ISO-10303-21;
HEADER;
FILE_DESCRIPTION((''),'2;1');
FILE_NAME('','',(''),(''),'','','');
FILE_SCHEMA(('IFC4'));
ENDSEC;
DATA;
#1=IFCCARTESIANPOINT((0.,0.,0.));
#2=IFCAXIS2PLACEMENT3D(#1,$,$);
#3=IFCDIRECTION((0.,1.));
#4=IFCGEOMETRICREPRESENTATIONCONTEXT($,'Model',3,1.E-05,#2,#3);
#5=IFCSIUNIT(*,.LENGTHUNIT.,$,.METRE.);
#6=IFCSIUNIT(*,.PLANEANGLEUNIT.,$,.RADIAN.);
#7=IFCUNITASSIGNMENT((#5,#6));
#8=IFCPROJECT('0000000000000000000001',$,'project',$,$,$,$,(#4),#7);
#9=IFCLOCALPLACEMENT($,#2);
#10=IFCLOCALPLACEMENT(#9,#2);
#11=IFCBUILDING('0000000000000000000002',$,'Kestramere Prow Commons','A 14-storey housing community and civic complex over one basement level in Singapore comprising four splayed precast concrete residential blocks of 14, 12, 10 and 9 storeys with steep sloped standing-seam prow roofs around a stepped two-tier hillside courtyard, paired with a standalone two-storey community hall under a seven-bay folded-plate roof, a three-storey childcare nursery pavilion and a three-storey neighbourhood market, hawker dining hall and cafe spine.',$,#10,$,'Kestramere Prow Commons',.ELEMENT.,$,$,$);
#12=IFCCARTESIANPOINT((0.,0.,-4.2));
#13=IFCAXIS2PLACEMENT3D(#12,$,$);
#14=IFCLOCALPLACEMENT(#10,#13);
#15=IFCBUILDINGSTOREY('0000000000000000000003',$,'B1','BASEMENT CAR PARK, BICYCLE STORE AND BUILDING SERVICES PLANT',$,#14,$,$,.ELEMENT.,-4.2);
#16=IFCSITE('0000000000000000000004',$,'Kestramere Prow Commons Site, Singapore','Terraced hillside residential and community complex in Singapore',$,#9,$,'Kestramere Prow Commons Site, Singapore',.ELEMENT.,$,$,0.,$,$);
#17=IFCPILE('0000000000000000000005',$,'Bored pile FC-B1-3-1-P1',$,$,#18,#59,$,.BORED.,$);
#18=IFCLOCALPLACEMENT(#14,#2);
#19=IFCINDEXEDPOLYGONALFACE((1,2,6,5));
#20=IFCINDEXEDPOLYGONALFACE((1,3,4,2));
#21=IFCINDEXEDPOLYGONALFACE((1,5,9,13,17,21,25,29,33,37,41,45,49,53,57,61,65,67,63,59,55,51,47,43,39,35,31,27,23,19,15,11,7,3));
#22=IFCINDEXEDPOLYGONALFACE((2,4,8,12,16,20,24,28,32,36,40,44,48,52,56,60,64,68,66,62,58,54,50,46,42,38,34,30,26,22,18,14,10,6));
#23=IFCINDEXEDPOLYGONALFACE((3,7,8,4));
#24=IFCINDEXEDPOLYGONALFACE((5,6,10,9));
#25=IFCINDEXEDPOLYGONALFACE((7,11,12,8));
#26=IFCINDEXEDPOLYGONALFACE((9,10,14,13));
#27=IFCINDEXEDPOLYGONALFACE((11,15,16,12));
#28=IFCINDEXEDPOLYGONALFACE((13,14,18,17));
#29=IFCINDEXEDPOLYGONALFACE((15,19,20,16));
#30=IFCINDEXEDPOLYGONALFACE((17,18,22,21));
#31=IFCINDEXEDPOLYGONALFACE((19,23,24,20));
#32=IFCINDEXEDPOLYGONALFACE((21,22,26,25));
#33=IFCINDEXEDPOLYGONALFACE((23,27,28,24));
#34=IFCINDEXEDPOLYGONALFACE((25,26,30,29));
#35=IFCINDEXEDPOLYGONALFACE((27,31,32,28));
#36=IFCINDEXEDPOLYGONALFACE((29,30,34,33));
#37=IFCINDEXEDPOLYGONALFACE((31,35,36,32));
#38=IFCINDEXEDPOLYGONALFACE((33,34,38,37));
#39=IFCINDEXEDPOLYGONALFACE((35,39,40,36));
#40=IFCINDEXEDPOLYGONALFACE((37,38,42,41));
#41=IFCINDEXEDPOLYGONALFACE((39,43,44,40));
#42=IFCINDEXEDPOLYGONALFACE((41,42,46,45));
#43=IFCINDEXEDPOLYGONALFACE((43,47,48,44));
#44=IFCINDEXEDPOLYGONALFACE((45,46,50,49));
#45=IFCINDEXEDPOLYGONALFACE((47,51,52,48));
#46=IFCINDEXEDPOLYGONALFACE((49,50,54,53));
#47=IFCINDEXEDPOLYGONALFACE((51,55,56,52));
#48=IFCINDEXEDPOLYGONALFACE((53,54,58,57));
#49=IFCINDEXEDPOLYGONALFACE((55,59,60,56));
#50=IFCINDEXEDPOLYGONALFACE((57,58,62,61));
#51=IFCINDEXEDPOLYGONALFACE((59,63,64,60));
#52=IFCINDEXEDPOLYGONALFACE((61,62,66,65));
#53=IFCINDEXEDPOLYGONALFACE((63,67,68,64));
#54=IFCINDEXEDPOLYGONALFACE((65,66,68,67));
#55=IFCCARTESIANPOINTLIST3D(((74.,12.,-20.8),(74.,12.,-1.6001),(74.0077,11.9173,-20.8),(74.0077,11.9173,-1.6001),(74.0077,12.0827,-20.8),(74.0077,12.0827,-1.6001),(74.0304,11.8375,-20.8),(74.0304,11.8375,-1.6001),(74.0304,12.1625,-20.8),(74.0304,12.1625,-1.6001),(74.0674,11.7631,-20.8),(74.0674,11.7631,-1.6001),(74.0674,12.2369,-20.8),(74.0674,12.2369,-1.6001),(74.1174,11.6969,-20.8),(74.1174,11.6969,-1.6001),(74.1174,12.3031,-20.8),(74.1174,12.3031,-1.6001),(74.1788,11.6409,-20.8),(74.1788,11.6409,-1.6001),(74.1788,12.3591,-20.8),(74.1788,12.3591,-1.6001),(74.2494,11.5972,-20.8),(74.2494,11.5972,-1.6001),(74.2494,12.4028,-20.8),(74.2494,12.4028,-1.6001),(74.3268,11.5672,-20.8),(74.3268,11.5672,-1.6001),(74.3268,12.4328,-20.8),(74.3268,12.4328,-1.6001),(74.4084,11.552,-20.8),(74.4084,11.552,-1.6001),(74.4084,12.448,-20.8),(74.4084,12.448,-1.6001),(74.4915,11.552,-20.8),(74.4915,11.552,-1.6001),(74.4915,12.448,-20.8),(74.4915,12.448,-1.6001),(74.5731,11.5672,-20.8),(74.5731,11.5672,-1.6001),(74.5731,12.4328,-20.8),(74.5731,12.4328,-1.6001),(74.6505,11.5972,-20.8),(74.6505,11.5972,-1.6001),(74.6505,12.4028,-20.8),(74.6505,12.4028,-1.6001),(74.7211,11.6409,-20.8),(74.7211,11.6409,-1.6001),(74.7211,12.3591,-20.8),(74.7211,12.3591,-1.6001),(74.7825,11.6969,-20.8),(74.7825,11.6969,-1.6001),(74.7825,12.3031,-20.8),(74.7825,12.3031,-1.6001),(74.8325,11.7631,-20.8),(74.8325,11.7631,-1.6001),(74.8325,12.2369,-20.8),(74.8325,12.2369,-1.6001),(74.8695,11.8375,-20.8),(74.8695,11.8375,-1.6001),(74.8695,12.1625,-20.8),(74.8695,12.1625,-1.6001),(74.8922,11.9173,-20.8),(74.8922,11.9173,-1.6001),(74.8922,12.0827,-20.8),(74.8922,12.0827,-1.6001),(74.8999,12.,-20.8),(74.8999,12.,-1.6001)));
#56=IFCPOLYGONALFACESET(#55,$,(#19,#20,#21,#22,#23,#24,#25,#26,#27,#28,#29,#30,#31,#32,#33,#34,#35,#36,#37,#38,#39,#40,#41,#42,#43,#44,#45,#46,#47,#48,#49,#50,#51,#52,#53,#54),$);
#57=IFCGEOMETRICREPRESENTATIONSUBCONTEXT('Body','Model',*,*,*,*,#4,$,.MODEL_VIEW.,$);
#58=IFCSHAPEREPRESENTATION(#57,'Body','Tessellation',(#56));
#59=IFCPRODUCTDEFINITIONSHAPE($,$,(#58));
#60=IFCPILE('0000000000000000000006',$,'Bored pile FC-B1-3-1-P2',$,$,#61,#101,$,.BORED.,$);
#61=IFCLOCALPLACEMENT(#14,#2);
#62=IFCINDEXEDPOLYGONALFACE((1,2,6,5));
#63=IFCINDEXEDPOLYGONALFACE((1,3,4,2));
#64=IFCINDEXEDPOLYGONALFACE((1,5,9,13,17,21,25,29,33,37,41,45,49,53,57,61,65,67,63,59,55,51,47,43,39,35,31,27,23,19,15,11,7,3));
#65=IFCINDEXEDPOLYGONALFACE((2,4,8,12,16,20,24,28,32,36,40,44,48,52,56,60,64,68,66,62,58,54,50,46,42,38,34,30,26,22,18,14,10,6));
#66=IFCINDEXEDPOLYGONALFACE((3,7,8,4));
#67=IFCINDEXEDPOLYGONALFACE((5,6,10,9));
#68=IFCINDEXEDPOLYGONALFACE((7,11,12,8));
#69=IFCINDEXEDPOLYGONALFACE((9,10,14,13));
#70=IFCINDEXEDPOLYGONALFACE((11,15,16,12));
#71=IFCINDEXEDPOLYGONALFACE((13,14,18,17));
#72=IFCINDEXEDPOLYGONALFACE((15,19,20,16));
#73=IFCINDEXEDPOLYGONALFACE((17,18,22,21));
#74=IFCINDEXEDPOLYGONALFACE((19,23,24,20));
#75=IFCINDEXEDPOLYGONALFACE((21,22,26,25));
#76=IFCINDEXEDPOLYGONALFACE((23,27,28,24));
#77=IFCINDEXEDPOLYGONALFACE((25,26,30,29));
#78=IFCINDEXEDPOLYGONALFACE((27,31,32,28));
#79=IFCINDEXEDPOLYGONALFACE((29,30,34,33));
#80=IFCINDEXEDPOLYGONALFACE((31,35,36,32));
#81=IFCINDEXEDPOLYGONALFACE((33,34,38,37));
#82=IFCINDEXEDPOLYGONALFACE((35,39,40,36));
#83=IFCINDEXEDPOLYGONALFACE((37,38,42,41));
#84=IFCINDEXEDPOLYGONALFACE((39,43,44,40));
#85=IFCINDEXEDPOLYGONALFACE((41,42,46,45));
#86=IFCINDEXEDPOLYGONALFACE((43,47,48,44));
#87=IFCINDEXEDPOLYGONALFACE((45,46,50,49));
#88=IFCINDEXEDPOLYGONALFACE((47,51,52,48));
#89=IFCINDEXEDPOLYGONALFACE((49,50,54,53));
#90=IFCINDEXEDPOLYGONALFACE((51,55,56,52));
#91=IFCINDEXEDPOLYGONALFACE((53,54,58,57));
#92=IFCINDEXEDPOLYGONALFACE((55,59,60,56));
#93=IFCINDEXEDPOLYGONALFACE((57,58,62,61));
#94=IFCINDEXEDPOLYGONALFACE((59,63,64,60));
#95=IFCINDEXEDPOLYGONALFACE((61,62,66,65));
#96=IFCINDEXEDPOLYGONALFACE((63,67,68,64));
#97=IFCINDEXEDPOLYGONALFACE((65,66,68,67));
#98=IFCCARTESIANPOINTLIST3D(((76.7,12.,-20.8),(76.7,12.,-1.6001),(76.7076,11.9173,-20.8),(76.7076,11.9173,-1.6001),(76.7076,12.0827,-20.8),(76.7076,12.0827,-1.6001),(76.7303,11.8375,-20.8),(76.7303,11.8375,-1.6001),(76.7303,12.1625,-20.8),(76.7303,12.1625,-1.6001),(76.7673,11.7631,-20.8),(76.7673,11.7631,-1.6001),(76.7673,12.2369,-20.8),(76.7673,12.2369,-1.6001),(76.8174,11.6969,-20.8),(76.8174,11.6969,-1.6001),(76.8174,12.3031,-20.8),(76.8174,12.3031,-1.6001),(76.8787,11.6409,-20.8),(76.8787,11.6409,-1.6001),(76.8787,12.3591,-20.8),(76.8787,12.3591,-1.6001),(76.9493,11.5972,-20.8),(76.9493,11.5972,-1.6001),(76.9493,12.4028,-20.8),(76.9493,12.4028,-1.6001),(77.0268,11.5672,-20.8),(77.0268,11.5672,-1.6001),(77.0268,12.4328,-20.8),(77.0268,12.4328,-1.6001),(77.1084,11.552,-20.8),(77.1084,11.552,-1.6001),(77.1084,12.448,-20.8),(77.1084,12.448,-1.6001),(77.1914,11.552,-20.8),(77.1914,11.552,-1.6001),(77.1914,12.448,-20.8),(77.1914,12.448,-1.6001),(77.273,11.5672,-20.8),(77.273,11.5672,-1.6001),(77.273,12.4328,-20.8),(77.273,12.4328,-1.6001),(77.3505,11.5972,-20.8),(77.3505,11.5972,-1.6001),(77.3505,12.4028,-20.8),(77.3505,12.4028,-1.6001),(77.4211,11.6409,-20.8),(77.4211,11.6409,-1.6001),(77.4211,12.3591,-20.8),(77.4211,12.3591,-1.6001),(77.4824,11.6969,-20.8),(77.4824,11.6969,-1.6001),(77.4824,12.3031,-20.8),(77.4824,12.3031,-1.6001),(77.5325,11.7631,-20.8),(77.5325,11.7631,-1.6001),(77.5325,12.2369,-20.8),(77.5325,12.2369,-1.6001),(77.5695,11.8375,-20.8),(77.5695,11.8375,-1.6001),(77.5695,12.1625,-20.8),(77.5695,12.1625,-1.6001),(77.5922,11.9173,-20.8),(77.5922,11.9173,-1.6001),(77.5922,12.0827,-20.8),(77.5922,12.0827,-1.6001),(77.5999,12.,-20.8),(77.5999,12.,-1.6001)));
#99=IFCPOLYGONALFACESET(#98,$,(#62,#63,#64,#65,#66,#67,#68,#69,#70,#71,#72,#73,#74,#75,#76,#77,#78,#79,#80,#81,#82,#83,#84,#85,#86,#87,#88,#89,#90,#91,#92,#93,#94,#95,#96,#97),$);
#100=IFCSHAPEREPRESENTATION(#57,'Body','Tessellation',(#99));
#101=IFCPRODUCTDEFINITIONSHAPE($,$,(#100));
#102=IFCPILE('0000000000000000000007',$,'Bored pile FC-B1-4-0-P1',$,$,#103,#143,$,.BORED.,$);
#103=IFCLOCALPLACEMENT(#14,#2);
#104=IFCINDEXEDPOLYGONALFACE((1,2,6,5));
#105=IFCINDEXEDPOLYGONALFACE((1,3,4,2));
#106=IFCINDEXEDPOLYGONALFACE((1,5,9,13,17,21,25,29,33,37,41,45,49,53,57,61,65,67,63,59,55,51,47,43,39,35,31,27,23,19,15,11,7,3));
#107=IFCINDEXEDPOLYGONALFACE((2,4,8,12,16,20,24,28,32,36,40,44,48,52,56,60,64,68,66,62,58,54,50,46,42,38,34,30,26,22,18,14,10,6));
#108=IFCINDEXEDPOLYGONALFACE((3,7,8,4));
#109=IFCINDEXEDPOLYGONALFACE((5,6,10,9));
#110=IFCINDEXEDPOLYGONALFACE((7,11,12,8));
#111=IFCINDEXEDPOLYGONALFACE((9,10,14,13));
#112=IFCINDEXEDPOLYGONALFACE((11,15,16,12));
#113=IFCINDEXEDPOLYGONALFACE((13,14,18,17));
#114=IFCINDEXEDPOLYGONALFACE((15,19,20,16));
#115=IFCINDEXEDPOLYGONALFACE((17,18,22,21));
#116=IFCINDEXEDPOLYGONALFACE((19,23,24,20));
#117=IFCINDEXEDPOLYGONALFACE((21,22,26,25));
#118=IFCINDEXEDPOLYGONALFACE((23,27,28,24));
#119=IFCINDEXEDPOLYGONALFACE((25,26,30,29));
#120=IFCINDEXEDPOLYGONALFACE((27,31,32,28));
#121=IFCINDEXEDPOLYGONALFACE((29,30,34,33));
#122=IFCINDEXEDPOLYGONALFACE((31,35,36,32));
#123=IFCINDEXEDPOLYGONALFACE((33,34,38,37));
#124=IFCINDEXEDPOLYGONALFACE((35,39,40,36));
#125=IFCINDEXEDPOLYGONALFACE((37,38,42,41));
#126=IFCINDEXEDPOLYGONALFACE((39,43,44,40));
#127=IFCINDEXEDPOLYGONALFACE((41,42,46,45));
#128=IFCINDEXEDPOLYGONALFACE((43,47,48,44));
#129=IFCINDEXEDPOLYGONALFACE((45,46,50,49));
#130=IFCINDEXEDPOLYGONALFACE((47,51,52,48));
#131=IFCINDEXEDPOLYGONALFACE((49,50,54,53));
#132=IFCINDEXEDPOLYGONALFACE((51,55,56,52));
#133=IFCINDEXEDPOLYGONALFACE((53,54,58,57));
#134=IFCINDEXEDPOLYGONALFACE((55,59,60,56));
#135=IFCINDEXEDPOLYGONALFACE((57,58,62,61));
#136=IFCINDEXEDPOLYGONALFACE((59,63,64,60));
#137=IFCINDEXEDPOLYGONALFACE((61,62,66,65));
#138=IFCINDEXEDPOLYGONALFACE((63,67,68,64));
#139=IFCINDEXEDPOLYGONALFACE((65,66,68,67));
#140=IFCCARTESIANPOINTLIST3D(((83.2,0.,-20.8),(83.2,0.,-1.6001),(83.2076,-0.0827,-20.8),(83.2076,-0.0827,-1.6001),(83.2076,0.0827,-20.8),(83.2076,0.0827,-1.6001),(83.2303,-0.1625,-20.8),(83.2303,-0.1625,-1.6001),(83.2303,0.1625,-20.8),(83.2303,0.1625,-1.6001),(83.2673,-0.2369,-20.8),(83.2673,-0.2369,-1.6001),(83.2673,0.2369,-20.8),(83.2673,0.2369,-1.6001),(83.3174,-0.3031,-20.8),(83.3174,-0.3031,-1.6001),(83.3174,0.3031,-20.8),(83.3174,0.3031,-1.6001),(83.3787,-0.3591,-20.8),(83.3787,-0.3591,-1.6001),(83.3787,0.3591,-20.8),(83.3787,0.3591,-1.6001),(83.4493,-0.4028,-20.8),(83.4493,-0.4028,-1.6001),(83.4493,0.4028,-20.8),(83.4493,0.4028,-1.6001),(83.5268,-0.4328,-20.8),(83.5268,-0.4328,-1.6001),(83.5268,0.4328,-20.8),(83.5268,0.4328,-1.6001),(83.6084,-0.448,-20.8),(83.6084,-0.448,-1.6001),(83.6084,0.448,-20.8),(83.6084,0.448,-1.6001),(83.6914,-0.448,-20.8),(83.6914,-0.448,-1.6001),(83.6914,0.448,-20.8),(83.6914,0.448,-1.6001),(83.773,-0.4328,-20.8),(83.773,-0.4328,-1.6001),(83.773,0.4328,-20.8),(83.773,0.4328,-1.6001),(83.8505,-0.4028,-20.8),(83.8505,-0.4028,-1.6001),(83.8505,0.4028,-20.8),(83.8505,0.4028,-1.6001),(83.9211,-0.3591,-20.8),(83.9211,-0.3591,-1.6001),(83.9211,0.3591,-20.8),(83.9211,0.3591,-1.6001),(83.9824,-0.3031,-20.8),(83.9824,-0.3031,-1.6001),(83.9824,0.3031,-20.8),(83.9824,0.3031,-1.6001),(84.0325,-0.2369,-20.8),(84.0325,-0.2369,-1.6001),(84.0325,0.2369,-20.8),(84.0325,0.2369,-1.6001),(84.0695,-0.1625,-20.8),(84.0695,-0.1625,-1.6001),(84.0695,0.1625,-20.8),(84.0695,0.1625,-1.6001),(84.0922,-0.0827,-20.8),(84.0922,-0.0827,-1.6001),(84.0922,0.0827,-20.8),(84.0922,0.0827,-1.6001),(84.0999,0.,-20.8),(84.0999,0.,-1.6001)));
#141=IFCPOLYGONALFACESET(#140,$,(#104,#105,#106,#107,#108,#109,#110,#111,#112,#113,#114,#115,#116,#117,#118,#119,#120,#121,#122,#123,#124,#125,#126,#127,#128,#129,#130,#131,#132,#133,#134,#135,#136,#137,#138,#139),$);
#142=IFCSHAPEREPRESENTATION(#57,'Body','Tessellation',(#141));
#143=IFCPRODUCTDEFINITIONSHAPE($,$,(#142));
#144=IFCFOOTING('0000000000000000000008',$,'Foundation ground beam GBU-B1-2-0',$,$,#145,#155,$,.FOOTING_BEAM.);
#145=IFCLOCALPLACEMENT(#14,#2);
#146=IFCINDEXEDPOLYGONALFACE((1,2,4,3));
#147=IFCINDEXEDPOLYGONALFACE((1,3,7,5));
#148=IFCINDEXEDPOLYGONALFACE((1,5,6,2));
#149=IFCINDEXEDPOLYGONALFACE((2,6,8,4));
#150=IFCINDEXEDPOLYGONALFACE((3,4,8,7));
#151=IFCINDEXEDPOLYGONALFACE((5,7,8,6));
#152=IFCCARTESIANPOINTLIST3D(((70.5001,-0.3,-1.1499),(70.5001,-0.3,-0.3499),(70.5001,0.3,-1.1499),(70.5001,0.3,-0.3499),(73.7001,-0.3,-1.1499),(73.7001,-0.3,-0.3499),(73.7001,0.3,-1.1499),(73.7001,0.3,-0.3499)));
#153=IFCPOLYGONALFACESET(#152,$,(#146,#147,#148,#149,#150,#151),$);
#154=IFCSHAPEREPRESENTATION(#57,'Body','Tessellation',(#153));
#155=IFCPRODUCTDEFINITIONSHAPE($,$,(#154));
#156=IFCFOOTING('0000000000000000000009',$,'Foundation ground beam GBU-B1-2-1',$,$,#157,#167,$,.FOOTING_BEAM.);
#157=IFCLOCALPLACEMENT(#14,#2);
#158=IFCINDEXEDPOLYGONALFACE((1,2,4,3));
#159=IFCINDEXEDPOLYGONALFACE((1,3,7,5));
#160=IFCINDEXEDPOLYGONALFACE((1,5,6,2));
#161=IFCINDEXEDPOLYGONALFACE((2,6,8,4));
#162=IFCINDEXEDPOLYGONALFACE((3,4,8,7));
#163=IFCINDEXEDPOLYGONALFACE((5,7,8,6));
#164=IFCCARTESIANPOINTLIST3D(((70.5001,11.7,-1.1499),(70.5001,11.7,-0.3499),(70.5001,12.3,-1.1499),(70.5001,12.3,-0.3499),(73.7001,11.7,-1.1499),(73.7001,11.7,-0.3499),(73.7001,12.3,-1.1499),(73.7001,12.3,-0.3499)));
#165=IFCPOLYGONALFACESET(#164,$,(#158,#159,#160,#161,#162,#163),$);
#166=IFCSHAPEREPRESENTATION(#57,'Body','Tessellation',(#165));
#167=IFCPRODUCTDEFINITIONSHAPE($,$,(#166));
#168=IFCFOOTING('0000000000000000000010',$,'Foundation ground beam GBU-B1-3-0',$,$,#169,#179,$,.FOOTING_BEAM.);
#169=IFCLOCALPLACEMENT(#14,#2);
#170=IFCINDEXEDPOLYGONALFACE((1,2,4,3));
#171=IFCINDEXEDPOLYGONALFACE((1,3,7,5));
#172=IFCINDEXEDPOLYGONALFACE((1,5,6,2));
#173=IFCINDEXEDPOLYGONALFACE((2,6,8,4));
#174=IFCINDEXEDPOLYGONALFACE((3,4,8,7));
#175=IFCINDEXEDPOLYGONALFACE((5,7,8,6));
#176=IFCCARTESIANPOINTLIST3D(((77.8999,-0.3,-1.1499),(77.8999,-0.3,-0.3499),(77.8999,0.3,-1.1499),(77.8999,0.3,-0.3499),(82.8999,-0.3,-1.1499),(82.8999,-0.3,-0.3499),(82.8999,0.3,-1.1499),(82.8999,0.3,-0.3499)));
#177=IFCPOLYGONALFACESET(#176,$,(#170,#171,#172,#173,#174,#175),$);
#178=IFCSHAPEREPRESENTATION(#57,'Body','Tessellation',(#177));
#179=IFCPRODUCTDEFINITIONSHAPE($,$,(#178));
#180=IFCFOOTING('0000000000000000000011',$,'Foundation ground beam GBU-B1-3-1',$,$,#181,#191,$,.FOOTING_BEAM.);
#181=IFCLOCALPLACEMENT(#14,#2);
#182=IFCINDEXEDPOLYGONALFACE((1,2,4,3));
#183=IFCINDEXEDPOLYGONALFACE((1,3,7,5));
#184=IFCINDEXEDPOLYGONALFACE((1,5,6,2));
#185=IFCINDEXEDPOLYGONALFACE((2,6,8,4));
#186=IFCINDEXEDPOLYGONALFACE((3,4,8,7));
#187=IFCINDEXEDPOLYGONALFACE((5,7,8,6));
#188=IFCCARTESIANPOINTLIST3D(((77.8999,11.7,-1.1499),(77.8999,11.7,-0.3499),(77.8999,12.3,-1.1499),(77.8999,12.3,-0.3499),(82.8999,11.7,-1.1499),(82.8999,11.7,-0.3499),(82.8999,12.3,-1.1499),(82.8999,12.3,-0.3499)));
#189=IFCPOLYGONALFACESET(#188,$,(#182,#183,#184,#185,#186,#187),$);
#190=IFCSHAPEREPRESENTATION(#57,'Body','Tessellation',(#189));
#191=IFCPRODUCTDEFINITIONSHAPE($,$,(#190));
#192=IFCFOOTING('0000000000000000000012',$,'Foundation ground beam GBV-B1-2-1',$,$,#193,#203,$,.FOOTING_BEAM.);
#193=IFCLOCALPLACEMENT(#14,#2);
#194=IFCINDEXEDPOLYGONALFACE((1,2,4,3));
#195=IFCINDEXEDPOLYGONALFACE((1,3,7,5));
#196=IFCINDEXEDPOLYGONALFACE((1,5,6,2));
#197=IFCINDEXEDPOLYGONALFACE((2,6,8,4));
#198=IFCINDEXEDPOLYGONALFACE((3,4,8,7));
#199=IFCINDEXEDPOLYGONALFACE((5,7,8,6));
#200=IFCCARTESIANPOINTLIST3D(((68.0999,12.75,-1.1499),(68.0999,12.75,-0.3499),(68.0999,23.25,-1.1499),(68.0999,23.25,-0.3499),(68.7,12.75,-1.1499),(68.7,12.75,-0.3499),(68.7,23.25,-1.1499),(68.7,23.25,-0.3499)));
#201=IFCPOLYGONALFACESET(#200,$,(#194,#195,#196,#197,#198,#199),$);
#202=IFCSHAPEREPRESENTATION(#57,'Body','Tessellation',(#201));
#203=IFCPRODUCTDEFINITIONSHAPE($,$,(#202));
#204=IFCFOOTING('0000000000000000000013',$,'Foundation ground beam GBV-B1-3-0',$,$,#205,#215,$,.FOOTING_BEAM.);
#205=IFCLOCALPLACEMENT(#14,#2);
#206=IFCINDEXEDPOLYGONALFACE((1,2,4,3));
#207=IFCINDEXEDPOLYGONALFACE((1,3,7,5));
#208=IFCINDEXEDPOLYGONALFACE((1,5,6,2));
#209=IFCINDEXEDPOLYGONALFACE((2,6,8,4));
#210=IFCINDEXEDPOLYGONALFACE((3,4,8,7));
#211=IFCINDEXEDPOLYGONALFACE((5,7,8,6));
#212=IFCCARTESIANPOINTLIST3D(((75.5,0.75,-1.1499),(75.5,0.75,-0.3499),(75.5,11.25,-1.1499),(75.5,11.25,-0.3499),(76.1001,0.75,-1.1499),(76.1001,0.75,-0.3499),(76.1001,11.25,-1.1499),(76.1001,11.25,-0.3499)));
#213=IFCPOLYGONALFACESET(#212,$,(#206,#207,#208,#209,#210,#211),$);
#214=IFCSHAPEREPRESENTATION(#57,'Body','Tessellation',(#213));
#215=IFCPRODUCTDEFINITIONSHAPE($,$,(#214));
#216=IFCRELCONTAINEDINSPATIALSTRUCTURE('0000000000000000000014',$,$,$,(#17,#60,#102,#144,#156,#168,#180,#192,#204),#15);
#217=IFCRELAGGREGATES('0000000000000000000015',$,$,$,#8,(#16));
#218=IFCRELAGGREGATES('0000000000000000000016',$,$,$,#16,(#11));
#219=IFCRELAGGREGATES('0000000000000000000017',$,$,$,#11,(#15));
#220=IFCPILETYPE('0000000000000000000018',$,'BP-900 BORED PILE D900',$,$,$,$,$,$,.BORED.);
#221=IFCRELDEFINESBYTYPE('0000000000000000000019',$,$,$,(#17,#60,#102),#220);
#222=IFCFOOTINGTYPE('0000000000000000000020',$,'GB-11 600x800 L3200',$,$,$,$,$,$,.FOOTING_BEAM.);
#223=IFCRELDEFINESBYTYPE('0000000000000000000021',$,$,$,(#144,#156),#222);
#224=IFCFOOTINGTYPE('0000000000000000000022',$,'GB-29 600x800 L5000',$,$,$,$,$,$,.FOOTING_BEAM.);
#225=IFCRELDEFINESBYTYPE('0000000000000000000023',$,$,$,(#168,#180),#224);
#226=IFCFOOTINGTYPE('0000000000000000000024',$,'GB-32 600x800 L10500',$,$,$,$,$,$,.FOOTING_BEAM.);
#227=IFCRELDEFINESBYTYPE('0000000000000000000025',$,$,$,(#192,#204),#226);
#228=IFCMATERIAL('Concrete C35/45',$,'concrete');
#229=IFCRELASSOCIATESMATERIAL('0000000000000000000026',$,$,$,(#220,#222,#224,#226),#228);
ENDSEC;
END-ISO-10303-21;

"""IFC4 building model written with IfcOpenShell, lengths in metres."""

from ifc_helpers import new_model, si_unit, direction, frame, origin, origin_2d, place, context, subcontext, project, spatial, rectangle, circle, extrude, material, material_profile, profile_set, type_object, element, save


model = new_model("IFC4")

# Units and contexts
model_context = context("Model", 3, precision=1e-05, world=origin(), true_north=direction((0.0, 1.0)))
body_context = subcontext(model_context, "Body", "Model", "MODEL_VIEW")
ifc_project = project(units=[si_unit("LENGTHUNIT", "METRE"), si_unit("PLANEANGLEUNIT", "RADIAN")], contexts=[model_context])

# Site, building, storey
site_placement = place(None, origin())
site = spatial("IfcSite", under=ifc_project, at=site_placement, Name="Kestramere Prow Commons Site, Singapore", Description="Terraced hillside residential and community complex in Singapore", LongName="Kestramere Prow Commons Site, Singapore", CompositionType="ELEMENT", RefElevation=0.0)
building_placement = place(site_placement, origin())
building = spatial("IfcBuilding", under=site, at=building_placement, Name="Kestramere Prow Commons", Description="A 14-storey housing community and civic complex over one basement level in Singapore comprising four splayed precast concrete residential blocks of 14, 12, 10 and 9 storeys with steep sloped standing-seam prow roofs around a stepped two-tier hillside courtyard, paired with a standalone two-storey community hall under a seven-bay folded-plate roof, a three-storey childcare nursery pavilion and a three-storey neighbourhood market, hawker dining hall and cafe spine.", LongName="Kestramere Prow Commons", CompositionType="ELEMENT")
storey_placement = place(building_placement, frame((0.0, 0.0, -4.2)))
storey = spatial("IfcBuildingStorey", under=building, at=storey_placement, Name="B1", Description="BASEMENT CAR PARK, BICYCLE STORE AND BUILDING SERVICES PLANT", CompositionType="ELEMENT", Elevation=-4.2)

# Piles
ifc_material = material(Name="Concrete C35/45", Category="concrete")
ifc_material_profile_1 = material_profile(ifc_material, circle(Radius=0.45, at=origin_2d()), Name="BORED PILE D900")
ifc_profile_set_1 = profile_set([ifc_material_profile_1], Name="Concrete C35/45")
pile_type = type_object("IfcPileType", Name="BP-900 BORED PILE D900", PredefinedType="BORED", material=ifc_profile_set_1)
for number, where, z_axis, x_axis, name in (
    (1, (74.45, 12.0, -1.6001), (0.0, 0.0, -1.0), (1.0, 0.0, 0.0), "Bored pile FC-B1-3-1-P1"),
    (2, (77.1499, 12.0, -1.6001), (0.0, 0.0, -1.0), (1.0, 0.0, 0.0), "Bored pile FC-B1-3-1-P2"),
    (3, (83.6499, 0.0, -1.6001), (0.0, 0.0, -1.0), (1.0, 0.0, 0.0), "Bored pile FC-B1-4-0-P1"),
):
    element("IfcPile", number, at=place(storey_placement, frame(where, z_axis=z_axis, x_axis=x_axis)), inside=storey, type_object=pile_type, Name=name, PredefinedType="BORED", context=body_context, shape_type="SweptSolid", body=[
        extrude(circle(Radius=0.45, at=origin_2d()), origin(), (0.0, 0.0, 1.0), 19.2),
    ])

# Footings
footing_type_1 = type_object("IfcFootingType", Name="GB-11 600x800 L3200", PredefinedType="FOOTING_BEAM", material=ifc_material)
for number, where, z_axis, x_axis, name in (
    (4, (72.1001, 0.0, -1.1499), (0.0, 0.0, 1.0), (1.0, 0.0, 0.0), "Foundation ground beam GBU-B1-2-0"),
    (5, (72.1001, 12.0, -1.1499), (0.0, 0.0, 1.0), (1.0, 0.0, 0.0), "Foundation ground beam GBU-B1-2-1"),
):
    element("IfcFooting", number, at=place(storey_placement, frame(where, z_axis=z_axis, x_axis=x_axis)), inside=storey, type_object=footing_type_1, Name=name, PredefinedType="FOOTING_BEAM", context=body_context, shape_type="SweptSolid", body=[
        extrude(rectangle(XDim=3.2, YDim=0.6001, at=origin_2d()), origin(), (0.0, 0.0, 1.0), 0.8),
    ])
footing_type_2 = type_object("IfcFootingType", Name="GB-29 600x800 L5000", PredefinedType="FOOTING_BEAM", material=ifc_material)
for number, where, z_axis, x_axis, name in (
    (6, (80.3999, 0.0, -1.1499), (0.0, 0.0, 1.0), (1.0, 0.0, 0.0), "Foundation ground beam GBU-B1-3-0"),
    (7, (80.3999, 12.0, -1.1499), (0.0, 0.0, 1.0), (1.0, 0.0, 0.0), "Foundation ground beam GBU-B1-3-1"),
):
    element("IfcFooting", number, at=place(storey_placement, frame(where, z_axis=z_axis, x_axis=x_axis)), inside=storey, type_object=footing_type_2, Name=name, PredefinedType="FOOTING_BEAM", context=body_context, shape_type="SweptSolid", body=[
        extrude(rectangle(XDim=5.0, YDim=0.6001, at=origin_2d()), origin(), (0.0, 0.0, 1.0), 0.8),
    ])
footing_type_3 = type_object("IfcFootingType", Name="GB-32 600x800 L10500", PredefinedType="FOOTING_BEAM", material=ifc_material)
for number, where, z_axis, x_axis, name in (
    (8, (68.3999, 18.0, -1.1499), (0.0, 0.0, 1.0), (0.0, 1.0, 0.0), "Foundation ground beam GBV-B1-2-1"),
    (9, (75.8, 6.0, -1.1499), (0.0, 0.0, 1.0), (0.0, 1.0, 0.0), "Foundation ground beam GBV-B1-3-0"),
):
    element("IfcFooting", number, at=place(storey_placement, frame(where, z_axis=z_axis, x_axis=x_axis)), inside=storey, type_object=footing_type_3, Name=name, PredefinedType="FOOTING_BEAM", context=body_context, shape_type="SweptSolid", body=[
        extrude(rectangle(XDim=10.5, YDim=0.6001, at=origin_2d()), origin(), (0.0, 0.0, 1.0), 0.8),
    ])

save(model, "model.ifc")
